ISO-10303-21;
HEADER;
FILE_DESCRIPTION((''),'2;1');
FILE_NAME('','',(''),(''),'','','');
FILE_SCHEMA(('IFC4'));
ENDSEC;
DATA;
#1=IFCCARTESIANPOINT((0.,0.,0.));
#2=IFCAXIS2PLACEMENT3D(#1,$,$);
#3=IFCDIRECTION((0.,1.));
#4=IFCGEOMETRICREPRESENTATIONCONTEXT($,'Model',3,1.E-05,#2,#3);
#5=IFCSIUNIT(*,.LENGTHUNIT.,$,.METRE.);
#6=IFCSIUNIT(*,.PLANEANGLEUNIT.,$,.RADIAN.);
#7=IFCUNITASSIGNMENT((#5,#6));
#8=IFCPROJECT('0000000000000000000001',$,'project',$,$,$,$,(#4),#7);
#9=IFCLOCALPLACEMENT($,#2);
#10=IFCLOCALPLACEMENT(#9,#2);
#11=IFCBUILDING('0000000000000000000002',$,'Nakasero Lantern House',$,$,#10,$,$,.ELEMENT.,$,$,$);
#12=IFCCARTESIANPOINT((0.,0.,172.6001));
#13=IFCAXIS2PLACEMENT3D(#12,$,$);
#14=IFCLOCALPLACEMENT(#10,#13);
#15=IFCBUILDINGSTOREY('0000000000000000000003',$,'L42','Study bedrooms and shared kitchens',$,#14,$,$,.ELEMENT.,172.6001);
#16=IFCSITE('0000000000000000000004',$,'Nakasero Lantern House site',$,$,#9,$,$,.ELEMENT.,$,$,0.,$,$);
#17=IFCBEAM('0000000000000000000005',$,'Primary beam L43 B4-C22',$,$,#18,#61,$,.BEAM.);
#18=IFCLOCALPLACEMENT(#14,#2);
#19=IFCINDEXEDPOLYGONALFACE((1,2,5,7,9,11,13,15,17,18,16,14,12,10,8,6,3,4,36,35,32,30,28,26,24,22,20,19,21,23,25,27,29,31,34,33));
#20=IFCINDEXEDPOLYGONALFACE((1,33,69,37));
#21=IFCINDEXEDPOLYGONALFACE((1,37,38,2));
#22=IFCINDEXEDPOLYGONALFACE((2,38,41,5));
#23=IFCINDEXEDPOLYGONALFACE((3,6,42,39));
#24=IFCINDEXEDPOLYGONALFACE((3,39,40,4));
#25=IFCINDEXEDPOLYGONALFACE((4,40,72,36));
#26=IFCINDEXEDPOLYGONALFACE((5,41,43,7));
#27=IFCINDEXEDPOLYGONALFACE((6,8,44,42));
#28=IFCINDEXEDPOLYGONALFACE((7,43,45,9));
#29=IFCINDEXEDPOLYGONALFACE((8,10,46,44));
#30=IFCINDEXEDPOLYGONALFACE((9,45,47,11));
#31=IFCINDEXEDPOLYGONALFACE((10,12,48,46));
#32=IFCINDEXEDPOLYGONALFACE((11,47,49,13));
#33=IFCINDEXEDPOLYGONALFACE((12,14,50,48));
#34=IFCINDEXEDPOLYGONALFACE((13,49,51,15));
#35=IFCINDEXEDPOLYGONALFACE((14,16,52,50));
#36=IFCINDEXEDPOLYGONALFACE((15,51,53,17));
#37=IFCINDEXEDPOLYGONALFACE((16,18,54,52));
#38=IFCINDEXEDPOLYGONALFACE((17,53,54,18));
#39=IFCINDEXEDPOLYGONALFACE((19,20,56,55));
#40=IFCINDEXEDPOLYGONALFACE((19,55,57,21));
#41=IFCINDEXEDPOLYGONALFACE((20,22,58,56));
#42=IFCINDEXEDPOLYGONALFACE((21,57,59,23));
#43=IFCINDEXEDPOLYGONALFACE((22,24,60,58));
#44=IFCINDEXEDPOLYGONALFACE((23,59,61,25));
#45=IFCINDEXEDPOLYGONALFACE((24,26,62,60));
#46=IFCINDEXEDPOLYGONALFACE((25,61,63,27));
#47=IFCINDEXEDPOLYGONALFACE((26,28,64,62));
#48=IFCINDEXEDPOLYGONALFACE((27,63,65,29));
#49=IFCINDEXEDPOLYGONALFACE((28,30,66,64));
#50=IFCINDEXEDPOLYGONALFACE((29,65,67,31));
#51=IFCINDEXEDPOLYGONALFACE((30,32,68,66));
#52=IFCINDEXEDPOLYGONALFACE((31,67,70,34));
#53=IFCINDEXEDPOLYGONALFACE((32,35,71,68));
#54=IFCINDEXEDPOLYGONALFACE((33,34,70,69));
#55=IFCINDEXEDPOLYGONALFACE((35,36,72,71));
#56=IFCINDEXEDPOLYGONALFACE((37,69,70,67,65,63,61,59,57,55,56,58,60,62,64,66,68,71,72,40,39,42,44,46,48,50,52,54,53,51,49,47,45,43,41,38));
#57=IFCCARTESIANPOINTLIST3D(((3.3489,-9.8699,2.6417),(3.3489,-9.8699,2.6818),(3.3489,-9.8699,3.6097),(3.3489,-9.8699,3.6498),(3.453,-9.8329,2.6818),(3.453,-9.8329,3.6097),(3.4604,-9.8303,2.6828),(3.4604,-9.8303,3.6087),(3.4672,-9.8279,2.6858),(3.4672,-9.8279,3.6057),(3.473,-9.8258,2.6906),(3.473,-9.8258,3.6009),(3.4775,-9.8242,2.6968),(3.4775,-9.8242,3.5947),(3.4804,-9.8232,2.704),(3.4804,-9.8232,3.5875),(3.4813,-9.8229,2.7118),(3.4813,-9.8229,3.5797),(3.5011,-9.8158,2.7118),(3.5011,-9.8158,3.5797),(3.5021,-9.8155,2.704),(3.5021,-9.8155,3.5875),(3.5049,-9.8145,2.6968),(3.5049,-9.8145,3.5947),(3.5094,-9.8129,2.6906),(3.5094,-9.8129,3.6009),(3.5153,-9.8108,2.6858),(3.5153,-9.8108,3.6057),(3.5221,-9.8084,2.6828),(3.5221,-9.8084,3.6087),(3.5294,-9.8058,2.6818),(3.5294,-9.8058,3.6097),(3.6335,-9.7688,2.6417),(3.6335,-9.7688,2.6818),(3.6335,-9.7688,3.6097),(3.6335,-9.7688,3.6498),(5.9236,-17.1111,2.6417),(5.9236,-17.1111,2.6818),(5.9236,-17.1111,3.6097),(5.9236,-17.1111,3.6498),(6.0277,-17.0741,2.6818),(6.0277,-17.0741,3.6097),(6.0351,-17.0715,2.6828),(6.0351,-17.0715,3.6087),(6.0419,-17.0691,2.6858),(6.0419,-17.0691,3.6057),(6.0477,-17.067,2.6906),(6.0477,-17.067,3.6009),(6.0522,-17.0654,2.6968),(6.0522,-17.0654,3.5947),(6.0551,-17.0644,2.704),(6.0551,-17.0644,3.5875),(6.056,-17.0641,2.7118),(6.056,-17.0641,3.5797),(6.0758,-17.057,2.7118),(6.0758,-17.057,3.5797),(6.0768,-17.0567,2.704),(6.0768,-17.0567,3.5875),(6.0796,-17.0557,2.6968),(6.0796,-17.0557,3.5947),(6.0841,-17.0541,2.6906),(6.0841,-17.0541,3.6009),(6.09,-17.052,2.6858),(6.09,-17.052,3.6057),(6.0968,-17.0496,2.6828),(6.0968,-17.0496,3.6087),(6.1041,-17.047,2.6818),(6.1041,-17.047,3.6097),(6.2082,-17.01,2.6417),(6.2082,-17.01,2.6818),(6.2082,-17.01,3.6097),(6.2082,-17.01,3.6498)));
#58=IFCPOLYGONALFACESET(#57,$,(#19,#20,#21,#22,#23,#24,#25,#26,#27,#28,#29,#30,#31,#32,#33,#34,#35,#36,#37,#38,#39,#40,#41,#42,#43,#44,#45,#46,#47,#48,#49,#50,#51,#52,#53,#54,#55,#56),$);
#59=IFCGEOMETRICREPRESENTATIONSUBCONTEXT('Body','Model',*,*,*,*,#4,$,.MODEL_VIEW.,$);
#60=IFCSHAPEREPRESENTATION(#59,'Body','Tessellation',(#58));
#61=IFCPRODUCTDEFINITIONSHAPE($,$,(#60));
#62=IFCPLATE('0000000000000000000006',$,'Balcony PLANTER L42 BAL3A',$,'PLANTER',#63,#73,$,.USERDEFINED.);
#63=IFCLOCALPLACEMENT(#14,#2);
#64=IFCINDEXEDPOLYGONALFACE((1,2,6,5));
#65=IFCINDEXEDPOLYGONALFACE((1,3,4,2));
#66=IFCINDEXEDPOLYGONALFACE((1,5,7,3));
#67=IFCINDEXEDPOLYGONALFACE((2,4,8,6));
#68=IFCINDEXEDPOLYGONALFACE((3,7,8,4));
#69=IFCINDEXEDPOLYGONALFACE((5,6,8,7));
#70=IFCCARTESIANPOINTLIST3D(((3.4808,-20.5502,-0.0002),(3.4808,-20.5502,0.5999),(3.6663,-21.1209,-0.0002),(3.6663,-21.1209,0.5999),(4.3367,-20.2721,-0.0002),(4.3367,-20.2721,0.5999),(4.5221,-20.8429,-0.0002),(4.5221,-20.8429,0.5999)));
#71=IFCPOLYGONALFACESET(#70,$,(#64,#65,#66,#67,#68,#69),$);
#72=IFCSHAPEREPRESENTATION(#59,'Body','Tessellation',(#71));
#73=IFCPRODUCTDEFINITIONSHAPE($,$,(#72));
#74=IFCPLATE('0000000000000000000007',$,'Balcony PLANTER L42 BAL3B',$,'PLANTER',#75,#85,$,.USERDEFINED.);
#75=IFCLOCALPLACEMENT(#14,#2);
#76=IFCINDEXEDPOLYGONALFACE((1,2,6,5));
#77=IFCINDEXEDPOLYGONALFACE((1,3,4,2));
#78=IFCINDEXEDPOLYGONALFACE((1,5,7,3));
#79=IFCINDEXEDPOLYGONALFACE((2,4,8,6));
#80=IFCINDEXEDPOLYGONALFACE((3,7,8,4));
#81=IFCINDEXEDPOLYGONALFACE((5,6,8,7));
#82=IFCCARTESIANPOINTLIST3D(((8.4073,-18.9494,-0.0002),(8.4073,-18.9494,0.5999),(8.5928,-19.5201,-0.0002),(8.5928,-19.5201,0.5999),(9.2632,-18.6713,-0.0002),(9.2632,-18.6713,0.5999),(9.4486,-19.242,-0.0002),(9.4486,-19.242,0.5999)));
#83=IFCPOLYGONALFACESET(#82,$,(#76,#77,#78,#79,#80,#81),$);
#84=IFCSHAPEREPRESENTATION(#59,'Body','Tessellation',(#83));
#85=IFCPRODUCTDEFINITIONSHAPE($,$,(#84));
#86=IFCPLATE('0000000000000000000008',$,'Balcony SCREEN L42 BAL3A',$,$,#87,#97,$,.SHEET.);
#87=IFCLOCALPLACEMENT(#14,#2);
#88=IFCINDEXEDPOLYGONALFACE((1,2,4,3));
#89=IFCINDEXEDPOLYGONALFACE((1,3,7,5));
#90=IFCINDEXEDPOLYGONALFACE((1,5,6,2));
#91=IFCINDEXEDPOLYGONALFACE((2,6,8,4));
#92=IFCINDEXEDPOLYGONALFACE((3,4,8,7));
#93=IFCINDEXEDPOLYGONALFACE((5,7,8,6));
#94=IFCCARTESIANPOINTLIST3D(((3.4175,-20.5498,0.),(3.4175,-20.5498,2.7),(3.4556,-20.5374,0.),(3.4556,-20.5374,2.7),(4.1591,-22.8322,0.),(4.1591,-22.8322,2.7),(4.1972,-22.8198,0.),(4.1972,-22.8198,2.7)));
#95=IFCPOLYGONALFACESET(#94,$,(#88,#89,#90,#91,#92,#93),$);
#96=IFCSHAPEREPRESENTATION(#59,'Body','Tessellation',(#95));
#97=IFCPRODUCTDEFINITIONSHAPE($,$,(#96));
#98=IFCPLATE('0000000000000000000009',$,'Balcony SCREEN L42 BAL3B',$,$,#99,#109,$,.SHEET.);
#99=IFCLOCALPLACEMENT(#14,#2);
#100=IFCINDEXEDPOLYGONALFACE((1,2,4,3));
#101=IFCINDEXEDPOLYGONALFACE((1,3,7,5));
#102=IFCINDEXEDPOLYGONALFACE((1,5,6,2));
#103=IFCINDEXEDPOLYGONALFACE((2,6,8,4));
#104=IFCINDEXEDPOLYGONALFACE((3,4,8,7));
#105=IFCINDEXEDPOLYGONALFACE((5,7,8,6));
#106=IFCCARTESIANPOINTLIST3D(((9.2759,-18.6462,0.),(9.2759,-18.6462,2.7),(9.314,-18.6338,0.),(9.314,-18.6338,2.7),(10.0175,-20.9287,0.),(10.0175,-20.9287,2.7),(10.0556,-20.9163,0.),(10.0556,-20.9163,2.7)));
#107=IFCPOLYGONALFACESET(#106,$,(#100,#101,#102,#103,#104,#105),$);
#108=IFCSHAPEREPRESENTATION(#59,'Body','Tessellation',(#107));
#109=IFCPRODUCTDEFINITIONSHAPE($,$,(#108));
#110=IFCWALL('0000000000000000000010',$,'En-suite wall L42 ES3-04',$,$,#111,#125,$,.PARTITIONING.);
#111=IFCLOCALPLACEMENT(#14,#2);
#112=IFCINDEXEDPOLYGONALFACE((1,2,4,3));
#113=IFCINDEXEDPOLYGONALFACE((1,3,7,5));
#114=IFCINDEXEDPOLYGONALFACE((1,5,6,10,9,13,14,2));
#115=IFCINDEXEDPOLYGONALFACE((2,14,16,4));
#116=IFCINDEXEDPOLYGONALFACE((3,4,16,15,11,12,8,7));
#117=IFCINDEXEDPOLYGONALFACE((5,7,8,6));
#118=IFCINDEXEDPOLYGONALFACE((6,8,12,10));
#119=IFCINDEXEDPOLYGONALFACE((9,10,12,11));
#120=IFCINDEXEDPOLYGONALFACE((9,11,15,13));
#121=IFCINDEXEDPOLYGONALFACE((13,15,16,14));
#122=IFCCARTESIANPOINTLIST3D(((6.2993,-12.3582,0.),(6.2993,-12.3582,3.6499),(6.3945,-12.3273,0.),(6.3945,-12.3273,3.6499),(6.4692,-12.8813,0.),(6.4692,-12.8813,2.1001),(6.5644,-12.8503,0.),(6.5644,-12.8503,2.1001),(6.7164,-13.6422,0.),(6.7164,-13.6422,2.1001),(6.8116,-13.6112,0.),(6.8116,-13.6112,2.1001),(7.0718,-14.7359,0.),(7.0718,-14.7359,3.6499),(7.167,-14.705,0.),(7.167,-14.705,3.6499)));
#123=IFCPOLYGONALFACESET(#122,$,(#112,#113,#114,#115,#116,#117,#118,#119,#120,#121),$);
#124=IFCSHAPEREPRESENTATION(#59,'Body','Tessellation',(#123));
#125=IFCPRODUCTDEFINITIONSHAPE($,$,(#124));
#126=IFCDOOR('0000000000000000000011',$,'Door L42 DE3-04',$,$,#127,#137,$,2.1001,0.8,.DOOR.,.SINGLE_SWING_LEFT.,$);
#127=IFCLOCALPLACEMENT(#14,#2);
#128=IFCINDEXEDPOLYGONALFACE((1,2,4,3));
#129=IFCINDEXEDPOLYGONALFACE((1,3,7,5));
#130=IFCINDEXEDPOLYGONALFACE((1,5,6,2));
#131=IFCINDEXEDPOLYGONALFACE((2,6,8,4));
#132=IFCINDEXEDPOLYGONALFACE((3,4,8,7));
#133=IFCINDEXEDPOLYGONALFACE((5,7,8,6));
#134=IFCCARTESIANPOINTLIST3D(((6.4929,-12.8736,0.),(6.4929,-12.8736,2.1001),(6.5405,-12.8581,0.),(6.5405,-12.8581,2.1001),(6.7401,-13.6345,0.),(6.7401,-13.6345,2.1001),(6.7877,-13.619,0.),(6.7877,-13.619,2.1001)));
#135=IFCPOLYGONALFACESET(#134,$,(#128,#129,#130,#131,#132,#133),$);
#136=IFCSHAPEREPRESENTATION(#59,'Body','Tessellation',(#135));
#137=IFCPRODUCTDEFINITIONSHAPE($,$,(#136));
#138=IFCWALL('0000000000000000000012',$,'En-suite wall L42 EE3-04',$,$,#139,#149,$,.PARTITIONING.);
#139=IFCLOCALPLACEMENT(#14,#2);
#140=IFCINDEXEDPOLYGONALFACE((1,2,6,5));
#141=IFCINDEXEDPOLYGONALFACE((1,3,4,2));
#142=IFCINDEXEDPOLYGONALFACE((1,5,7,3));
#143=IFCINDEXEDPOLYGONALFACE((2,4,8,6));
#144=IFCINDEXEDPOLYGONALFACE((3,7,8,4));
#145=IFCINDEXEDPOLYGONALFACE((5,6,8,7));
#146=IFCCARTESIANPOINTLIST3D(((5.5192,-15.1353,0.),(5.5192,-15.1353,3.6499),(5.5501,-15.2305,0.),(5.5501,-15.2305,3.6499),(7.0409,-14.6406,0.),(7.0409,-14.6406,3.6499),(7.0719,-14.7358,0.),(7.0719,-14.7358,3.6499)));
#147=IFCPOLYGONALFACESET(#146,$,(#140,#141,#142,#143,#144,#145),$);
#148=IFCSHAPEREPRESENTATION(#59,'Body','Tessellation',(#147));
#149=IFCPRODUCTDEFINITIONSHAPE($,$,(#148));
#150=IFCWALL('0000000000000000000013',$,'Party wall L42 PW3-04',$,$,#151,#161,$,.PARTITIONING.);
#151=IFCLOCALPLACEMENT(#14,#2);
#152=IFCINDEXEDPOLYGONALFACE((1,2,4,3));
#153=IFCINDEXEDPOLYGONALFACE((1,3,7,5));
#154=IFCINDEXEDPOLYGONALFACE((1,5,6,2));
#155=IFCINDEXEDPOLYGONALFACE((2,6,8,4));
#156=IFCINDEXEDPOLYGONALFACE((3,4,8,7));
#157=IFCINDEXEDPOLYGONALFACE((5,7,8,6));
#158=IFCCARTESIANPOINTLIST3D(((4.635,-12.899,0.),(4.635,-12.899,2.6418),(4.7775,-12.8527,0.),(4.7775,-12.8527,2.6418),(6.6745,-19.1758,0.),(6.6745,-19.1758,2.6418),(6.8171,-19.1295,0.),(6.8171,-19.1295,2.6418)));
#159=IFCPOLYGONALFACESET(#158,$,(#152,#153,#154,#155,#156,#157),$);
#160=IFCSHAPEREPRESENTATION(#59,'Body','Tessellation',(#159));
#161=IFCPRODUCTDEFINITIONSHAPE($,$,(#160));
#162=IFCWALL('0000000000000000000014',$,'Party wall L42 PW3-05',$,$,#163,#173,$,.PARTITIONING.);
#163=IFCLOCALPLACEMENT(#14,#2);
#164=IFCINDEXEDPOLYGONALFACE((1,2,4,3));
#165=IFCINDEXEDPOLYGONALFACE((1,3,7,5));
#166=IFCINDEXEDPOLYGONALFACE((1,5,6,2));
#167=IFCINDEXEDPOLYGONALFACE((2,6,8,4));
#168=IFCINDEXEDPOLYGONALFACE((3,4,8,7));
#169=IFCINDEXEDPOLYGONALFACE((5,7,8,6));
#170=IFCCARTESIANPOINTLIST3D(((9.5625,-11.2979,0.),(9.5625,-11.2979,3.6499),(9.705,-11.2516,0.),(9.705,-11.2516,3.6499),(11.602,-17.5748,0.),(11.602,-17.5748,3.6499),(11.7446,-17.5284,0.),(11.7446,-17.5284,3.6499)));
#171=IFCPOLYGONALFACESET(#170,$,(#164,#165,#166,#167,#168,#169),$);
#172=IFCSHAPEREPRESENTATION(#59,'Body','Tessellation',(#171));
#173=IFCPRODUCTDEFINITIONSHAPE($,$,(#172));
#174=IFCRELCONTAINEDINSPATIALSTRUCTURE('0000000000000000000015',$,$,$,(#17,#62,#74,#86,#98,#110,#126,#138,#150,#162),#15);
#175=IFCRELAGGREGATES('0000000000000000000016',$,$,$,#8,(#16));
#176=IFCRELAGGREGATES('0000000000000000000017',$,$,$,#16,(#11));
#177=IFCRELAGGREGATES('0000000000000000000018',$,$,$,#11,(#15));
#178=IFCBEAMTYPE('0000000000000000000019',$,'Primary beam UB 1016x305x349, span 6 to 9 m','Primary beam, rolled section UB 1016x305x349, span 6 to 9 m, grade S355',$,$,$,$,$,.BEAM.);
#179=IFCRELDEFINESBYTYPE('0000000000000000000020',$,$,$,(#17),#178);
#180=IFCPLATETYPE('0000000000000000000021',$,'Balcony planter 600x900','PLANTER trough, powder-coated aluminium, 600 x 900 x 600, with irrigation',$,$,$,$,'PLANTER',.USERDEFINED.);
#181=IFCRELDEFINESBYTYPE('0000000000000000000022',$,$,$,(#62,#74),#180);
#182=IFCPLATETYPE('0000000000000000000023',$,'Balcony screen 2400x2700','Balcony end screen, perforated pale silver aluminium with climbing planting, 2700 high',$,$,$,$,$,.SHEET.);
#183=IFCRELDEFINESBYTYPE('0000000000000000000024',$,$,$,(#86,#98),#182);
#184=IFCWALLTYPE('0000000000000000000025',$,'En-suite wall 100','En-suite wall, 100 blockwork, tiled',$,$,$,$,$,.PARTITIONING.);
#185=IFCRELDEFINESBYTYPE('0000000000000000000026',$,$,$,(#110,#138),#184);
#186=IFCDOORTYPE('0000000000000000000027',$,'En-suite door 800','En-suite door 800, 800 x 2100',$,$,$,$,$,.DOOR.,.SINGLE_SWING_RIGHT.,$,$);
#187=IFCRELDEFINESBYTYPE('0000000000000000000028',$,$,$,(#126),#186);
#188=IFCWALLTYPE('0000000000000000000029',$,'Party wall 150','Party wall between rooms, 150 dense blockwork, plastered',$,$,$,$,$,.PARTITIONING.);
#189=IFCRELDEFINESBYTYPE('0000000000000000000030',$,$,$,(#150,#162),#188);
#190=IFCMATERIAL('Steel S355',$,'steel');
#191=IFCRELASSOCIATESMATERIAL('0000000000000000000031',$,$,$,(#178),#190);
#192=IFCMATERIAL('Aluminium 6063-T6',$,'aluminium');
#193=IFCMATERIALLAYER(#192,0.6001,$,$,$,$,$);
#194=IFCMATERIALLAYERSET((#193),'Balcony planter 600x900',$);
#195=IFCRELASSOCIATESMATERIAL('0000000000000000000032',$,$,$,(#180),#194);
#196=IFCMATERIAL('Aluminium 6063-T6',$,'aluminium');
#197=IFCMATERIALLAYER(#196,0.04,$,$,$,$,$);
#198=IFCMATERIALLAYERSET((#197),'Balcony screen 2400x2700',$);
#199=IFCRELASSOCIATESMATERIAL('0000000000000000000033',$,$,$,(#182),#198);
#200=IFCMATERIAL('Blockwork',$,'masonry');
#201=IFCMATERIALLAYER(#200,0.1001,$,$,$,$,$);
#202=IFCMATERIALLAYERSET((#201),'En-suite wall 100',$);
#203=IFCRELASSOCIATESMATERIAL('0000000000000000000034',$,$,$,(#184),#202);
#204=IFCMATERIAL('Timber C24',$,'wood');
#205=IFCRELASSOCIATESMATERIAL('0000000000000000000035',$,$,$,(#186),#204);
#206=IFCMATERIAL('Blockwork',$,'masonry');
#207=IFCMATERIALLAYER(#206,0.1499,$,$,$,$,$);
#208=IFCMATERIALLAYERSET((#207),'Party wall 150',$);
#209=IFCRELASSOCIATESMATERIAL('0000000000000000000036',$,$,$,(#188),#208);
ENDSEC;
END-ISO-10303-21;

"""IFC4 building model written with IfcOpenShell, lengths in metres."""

from ifc_helpers import new_model, si_unit, direction, frame, frame_2d, origin, origin_2d, place, context, subcontext, project, spatial, rectangle, i_section, extrude, material, layer, layer_set, material_profile, profile_set, type_object, element, fill, save


model = new_model("IFC4")

# Units and contexts
model_context = context("Model", 3, precision=1e-05, world=origin(), true_north=direction((0.0, 1.0)))
body_context = subcontext(model_context, "Body", "Model", "MODEL_VIEW")
ifc_project = project(units=[si_unit("LENGTHUNIT", "METRE"), si_unit("PLANEANGLEUNIT", "RADIAN")], contexts=[model_context])

# Site, building, storey
site_placement = place(None, origin())
site = spatial("IfcSite", under=ifc_project, at=site_placement, Name="Nakasero Lantern House site", CompositionType="ELEMENT", RefElevation=0.0)
building_placement = place(site_placement, origin())
building = spatial("IfcBuilding", under=site, at=building_placement, Name="Nakasero Lantern House", CompositionType="ELEMENT")
storey_placement = place(building_placement, frame((0.0, 0.0, 172.6001)))
storey = spatial("IfcBuildingStorey", under=building, at=storey_placement, Name="L42", Description="Study bedrooms and shared kitchens", CompositionType="ELEMENT", Elevation=172.6001)

# Beam
ifc_material_1 = material(Name="Steel S355", Category="steel")
ifc_material_profile_1 = material_profile(ifc_material_1, i_section(OverallWidth=0.302, OverallDepth=1.0081, WebThickness=0.021, FlangeThickness=0.04, FilletRadius=0.03, at=origin_2d()), Name="UB 1016x305x349")
ifc_profile_set_1 = profile_set([ifc_material_profile_1], Name="Steel S355")
beam_type_1 = type_object("IfcBeamType", Name="Primary beam UB 1016x305x349, span 6 to 9 m", Description="Primary beam, rolled section UB 1016x305x349, span 6 to 9 m, grade S355", PredefinedType="BEAM", material=ifc_profile_set_1)
beam_1_placement = place(storey_placement, frame((6.0659, -17.0605, 3.1458), z_axis=(-0.335016, 0.942212, 0.0), x_axis=(-0.942212, -0.335016, 0.0)))
element("IfcBeam", 1, at=beam_1_placement, inside=storey, type_object=beam_type_1, Name="Primary beam L43 B4-C22", PredefinedType="BEAM", context=body_context, shape_type="SweptSolid", body=[
    extrude(i_section(OverallWidth=0.302, OverallDepth=1.0081, WebThickness=0.021, FlangeThickness=0.04, FilletRadius=0.03, at=origin_2d()), origin(), (0.0, 0.0, 1.0), 7.6853),
])

# Plates
ifc_material_2 = material(Name="Aluminium 6063-T6", Category="aluminium")
ifc_layer_1 = layer(ifc_material_2, 0.6001)
ifc_layer_set_1 = layer_set([ifc_layer_1], Name="Balcony planter 600x900")
plate_type_1 = type_object("IfcPlateType", Name="Balcony planter 600x900", Description="PLANTER trough, powder-coated aluminium, 600 x 900 x 600, with irrigation", ElementType="PLANTER", PredefinedType="USERDEFINED", material=ifc_layer_set_1)
for number, where, z_axis, x_axis, name in (
    (2, (4.0015, -20.6965, -0.0002), (0.0, 0.0, 1.0), (0.309017, -0.951057, 0.0), "Balcony PLANTER L42 BAL3A"),
    (3, (8.928, -19.0957, -0.0002), (0.0, 0.0, 1.0), (0.309017, -0.951057, 0.0), "Balcony PLANTER L42 BAL3B"),
):
    element("IfcPlate", number, at=place(storey_placement, frame(where, z_axis=z_axis, x_axis=x_axis)), inside=storey, type_object=plate_type_1, Name=name, ObjectType="PLANTER", PredefinedType="USERDEFINED", context=body_context, shape_type="SweptSolid", body=[
        extrude(rectangle(XDim=0.6001, YDim=0.8999, at=origin_2d()), origin(), (0.0, 0.0, 1.0), 0.6001),
    ])
ifc_material_3 = material(Name="Aluminium 6063-T6", Category="aluminium")
ifc_layer_2 = layer(ifc_material_3, 0.04)
ifc_layer_set_2 = layer_set([ifc_layer_2], Name="Balcony screen 2400x2700")
plate_type_2 = type_object("IfcPlateType", Name="Balcony screen 2400x2700", Description="Balcony end screen, perforated pale silver aluminium with climbing planting, 2700 high", PredefinedType="SHEET", material=ifc_layer_set_2)
for number, where, z_axis, x_axis, name in (
    (4, (3.8074, -21.6848, 0.0), (0.0, 0.0, 1.0), (0.309017, -0.951057, 0.0), "Balcony SCREEN L42 BAL3A"),
    (5, (9.6658, -19.7812, 0.0), (0.0, 0.0, 1.0), (0.309017, -0.951057, 0.0), "Balcony SCREEN L42 BAL3B"),
):
    element("IfcPlate", number, at=place(storey_placement, frame(where, z_axis=z_axis, x_axis=x_axis)), inside=storey, type_object=plate_type_2, Name=name, PredefinedType="SHEET", context=body_context, shape_type="SweptSolid", body=[
        extrude(rectangle(XDim=2.3999, YDim=0.04, at=origin_2d()), origin(), (0.0, 0.0, 1.0), 2.7),
    ])

# Wall, opening, door
ifc_material_4 = material(Name="Blockwork", Category="masonry")
ifc_layer_3 = layer(ifc_material_4, 0.1001)
ifc_layer_set_3 = layer_set([ifc_layer_3], Name="En-suite wall 100")
wall_type_1 = type_object("IfcWallType", Name="En-suite wall 100", Description="En-suite wall, 100 blockwork, tiled", PredefinedType="PARTITIONING", material=ifc_layer_set_3)
wall_1_placement = place(storey_placement, frame((6.3469, -12.3428, 0.0), z_axis=(0.0, 0.0, 1.0), x_axis=(0.308982, -0.951068, 0.0)))
wall_1 = element("IfcWall", 6, at=wall_1_placement, inside=storey, type_object=wall_type_1, Name="En-suite wall L42 ES3-04", PredefinedType="PARTITIONING", context=body_context, shape_type="SweptSolid", body=[
    extrude(rectangle(XDim=2.5, YDim=0.1001, at=frame_2d((1.25, 0.0))), origin(), (0.0, 0.0, 1.0), 3.6499),
])
opening_placement = place(wall_1_placement, frame((0.55, 0.0, 0.0)))
opening = element("IfcOpeningElement", 7, at=opening_placement, cuts=wall_1, PredefinedType="OPENING", context=body_context, shape_type="SweptSolid", body=[
    extrude(rectangle(XDim=0.8, YDim=2.1001, at=frame_2d((0.3999, 1.05))), frame((0.0, 0.0701, 0.0), z_axis=(0.0, -1.0, 0.0), x_axis=(1.0, 0.0, 0.0)), (0.0, 0.0, 1.0), 0.1401),
])
ifc_material_5 = material(Name="Timber C24", Category="wood")
door_type = type_object("IfcDoorType", Name="En-suite door 800", Description="En-suite door 800, 800 x 2100", OperationType="SINGLE_SWING_RIGHT", PredefinedType="DOOR", material=ifc_material_5)
door_placement = place(opening_placement, origin())
door = element("IfcDoor", 8, at=door_placement, inside=storey, type_object=door_type, Name="Door L42 DE3-04", OperationType="SINGLE_SWING_LEFT", OverallHeight=2.1001, OverallWidth=0.8, PredefinedType="DOOR", context=body_context, shape_type="SweptSolid", body=[
    extrude(rectangle(XDim=0.8, YDim=2.1001, at=frame_2d((0.3999, 1.05))), frame((0.0, 0.0249, 0.0), z_axis=(0.0, -1.0, 0.0), x_axis=(1.0, 0.0, 0.0)), (0.0, 0.0, 1.0), 0.05),
])
fill(opening, door)

# Walls
wall_2_placement = place(storey_placement, frame((5.5347, -15.1829, 0.0), z_axis=(0.0, 0.0, 1.0), x_axis=(0.951022, 0.309124, 0.0)))
element("IfcWall", 9, at=wall_2_placement, inside=storey, type_object=wall_type_1, Name="En-suite wall L42 EE3-04", PredefinedType="PARTITIONING", context=body_context, shape_type="SweptSolid", body=[
    extrude(rectangle(XDim=1.6001, YDim=0.1001, at=frame_2d((0.8, 0.0))), origin(), (0.0, 0.0, 1.0), 3.6499),
])
ifc_material_6 = material(Name="Blockwork", Category="masonry")
ifc_layer_4 = layer(ifc_material_6, 0.1499)
ifc_layer_set_4 = layer_set([ifc_layer_4], Name="Party wall 150")
wall_type_2 = type_object("IfcWallType", Name="Party wall 150", Description="Party wall between rooms, 150 dense blockwork, plastered", PredefinedType="PARTITIONING", material=ifc_layer_set_4)
wall_3_placement = place(storey_placement, frame((4.7063, -12.876, 0.0), z_axis=(0.0, 0.0, 1.0), x_axis=(0.309028, -0.951053, 0.0)))
element("IfcWall", 10, at=wall_3_placement, inside=storey, type_object=wall_type_2, Name="Party wall L42 PW3-04", PredefinedType="PARTITIONING", context=body_context, shape_type="SweptSolid", body=[
    extrude(rectangle(XDim=6.5999, YDim=0.1499, at=frame_2d((3.2998, 0.0))), origin(), (0.0, 0.0, 1.0), 2.6418),
])
wall_4_placement = place(storey_placement, frame((9.6338, -11.2749, 0.0), z_axis=(0.0, 0.0, 1.0), x_axis=(0.309028, -0.951053, 0.0)))
element("IfcWall", 11, at=wall_4_placement, inside=storey, type_object=wall_type_2, Name="Party wall L42 PW3-05", PredefinedType="PARTITIONING", context=body_context, shape_type="SweptSolid", body=[
    extrude(rectangle(XDim=6.5999, YDim=0.1499, at=frame_2d((3.2998, 0.0))), origin(), (0.0, 0.0, 1.0), 3.6499),
])

save(model, "model.ifc")
